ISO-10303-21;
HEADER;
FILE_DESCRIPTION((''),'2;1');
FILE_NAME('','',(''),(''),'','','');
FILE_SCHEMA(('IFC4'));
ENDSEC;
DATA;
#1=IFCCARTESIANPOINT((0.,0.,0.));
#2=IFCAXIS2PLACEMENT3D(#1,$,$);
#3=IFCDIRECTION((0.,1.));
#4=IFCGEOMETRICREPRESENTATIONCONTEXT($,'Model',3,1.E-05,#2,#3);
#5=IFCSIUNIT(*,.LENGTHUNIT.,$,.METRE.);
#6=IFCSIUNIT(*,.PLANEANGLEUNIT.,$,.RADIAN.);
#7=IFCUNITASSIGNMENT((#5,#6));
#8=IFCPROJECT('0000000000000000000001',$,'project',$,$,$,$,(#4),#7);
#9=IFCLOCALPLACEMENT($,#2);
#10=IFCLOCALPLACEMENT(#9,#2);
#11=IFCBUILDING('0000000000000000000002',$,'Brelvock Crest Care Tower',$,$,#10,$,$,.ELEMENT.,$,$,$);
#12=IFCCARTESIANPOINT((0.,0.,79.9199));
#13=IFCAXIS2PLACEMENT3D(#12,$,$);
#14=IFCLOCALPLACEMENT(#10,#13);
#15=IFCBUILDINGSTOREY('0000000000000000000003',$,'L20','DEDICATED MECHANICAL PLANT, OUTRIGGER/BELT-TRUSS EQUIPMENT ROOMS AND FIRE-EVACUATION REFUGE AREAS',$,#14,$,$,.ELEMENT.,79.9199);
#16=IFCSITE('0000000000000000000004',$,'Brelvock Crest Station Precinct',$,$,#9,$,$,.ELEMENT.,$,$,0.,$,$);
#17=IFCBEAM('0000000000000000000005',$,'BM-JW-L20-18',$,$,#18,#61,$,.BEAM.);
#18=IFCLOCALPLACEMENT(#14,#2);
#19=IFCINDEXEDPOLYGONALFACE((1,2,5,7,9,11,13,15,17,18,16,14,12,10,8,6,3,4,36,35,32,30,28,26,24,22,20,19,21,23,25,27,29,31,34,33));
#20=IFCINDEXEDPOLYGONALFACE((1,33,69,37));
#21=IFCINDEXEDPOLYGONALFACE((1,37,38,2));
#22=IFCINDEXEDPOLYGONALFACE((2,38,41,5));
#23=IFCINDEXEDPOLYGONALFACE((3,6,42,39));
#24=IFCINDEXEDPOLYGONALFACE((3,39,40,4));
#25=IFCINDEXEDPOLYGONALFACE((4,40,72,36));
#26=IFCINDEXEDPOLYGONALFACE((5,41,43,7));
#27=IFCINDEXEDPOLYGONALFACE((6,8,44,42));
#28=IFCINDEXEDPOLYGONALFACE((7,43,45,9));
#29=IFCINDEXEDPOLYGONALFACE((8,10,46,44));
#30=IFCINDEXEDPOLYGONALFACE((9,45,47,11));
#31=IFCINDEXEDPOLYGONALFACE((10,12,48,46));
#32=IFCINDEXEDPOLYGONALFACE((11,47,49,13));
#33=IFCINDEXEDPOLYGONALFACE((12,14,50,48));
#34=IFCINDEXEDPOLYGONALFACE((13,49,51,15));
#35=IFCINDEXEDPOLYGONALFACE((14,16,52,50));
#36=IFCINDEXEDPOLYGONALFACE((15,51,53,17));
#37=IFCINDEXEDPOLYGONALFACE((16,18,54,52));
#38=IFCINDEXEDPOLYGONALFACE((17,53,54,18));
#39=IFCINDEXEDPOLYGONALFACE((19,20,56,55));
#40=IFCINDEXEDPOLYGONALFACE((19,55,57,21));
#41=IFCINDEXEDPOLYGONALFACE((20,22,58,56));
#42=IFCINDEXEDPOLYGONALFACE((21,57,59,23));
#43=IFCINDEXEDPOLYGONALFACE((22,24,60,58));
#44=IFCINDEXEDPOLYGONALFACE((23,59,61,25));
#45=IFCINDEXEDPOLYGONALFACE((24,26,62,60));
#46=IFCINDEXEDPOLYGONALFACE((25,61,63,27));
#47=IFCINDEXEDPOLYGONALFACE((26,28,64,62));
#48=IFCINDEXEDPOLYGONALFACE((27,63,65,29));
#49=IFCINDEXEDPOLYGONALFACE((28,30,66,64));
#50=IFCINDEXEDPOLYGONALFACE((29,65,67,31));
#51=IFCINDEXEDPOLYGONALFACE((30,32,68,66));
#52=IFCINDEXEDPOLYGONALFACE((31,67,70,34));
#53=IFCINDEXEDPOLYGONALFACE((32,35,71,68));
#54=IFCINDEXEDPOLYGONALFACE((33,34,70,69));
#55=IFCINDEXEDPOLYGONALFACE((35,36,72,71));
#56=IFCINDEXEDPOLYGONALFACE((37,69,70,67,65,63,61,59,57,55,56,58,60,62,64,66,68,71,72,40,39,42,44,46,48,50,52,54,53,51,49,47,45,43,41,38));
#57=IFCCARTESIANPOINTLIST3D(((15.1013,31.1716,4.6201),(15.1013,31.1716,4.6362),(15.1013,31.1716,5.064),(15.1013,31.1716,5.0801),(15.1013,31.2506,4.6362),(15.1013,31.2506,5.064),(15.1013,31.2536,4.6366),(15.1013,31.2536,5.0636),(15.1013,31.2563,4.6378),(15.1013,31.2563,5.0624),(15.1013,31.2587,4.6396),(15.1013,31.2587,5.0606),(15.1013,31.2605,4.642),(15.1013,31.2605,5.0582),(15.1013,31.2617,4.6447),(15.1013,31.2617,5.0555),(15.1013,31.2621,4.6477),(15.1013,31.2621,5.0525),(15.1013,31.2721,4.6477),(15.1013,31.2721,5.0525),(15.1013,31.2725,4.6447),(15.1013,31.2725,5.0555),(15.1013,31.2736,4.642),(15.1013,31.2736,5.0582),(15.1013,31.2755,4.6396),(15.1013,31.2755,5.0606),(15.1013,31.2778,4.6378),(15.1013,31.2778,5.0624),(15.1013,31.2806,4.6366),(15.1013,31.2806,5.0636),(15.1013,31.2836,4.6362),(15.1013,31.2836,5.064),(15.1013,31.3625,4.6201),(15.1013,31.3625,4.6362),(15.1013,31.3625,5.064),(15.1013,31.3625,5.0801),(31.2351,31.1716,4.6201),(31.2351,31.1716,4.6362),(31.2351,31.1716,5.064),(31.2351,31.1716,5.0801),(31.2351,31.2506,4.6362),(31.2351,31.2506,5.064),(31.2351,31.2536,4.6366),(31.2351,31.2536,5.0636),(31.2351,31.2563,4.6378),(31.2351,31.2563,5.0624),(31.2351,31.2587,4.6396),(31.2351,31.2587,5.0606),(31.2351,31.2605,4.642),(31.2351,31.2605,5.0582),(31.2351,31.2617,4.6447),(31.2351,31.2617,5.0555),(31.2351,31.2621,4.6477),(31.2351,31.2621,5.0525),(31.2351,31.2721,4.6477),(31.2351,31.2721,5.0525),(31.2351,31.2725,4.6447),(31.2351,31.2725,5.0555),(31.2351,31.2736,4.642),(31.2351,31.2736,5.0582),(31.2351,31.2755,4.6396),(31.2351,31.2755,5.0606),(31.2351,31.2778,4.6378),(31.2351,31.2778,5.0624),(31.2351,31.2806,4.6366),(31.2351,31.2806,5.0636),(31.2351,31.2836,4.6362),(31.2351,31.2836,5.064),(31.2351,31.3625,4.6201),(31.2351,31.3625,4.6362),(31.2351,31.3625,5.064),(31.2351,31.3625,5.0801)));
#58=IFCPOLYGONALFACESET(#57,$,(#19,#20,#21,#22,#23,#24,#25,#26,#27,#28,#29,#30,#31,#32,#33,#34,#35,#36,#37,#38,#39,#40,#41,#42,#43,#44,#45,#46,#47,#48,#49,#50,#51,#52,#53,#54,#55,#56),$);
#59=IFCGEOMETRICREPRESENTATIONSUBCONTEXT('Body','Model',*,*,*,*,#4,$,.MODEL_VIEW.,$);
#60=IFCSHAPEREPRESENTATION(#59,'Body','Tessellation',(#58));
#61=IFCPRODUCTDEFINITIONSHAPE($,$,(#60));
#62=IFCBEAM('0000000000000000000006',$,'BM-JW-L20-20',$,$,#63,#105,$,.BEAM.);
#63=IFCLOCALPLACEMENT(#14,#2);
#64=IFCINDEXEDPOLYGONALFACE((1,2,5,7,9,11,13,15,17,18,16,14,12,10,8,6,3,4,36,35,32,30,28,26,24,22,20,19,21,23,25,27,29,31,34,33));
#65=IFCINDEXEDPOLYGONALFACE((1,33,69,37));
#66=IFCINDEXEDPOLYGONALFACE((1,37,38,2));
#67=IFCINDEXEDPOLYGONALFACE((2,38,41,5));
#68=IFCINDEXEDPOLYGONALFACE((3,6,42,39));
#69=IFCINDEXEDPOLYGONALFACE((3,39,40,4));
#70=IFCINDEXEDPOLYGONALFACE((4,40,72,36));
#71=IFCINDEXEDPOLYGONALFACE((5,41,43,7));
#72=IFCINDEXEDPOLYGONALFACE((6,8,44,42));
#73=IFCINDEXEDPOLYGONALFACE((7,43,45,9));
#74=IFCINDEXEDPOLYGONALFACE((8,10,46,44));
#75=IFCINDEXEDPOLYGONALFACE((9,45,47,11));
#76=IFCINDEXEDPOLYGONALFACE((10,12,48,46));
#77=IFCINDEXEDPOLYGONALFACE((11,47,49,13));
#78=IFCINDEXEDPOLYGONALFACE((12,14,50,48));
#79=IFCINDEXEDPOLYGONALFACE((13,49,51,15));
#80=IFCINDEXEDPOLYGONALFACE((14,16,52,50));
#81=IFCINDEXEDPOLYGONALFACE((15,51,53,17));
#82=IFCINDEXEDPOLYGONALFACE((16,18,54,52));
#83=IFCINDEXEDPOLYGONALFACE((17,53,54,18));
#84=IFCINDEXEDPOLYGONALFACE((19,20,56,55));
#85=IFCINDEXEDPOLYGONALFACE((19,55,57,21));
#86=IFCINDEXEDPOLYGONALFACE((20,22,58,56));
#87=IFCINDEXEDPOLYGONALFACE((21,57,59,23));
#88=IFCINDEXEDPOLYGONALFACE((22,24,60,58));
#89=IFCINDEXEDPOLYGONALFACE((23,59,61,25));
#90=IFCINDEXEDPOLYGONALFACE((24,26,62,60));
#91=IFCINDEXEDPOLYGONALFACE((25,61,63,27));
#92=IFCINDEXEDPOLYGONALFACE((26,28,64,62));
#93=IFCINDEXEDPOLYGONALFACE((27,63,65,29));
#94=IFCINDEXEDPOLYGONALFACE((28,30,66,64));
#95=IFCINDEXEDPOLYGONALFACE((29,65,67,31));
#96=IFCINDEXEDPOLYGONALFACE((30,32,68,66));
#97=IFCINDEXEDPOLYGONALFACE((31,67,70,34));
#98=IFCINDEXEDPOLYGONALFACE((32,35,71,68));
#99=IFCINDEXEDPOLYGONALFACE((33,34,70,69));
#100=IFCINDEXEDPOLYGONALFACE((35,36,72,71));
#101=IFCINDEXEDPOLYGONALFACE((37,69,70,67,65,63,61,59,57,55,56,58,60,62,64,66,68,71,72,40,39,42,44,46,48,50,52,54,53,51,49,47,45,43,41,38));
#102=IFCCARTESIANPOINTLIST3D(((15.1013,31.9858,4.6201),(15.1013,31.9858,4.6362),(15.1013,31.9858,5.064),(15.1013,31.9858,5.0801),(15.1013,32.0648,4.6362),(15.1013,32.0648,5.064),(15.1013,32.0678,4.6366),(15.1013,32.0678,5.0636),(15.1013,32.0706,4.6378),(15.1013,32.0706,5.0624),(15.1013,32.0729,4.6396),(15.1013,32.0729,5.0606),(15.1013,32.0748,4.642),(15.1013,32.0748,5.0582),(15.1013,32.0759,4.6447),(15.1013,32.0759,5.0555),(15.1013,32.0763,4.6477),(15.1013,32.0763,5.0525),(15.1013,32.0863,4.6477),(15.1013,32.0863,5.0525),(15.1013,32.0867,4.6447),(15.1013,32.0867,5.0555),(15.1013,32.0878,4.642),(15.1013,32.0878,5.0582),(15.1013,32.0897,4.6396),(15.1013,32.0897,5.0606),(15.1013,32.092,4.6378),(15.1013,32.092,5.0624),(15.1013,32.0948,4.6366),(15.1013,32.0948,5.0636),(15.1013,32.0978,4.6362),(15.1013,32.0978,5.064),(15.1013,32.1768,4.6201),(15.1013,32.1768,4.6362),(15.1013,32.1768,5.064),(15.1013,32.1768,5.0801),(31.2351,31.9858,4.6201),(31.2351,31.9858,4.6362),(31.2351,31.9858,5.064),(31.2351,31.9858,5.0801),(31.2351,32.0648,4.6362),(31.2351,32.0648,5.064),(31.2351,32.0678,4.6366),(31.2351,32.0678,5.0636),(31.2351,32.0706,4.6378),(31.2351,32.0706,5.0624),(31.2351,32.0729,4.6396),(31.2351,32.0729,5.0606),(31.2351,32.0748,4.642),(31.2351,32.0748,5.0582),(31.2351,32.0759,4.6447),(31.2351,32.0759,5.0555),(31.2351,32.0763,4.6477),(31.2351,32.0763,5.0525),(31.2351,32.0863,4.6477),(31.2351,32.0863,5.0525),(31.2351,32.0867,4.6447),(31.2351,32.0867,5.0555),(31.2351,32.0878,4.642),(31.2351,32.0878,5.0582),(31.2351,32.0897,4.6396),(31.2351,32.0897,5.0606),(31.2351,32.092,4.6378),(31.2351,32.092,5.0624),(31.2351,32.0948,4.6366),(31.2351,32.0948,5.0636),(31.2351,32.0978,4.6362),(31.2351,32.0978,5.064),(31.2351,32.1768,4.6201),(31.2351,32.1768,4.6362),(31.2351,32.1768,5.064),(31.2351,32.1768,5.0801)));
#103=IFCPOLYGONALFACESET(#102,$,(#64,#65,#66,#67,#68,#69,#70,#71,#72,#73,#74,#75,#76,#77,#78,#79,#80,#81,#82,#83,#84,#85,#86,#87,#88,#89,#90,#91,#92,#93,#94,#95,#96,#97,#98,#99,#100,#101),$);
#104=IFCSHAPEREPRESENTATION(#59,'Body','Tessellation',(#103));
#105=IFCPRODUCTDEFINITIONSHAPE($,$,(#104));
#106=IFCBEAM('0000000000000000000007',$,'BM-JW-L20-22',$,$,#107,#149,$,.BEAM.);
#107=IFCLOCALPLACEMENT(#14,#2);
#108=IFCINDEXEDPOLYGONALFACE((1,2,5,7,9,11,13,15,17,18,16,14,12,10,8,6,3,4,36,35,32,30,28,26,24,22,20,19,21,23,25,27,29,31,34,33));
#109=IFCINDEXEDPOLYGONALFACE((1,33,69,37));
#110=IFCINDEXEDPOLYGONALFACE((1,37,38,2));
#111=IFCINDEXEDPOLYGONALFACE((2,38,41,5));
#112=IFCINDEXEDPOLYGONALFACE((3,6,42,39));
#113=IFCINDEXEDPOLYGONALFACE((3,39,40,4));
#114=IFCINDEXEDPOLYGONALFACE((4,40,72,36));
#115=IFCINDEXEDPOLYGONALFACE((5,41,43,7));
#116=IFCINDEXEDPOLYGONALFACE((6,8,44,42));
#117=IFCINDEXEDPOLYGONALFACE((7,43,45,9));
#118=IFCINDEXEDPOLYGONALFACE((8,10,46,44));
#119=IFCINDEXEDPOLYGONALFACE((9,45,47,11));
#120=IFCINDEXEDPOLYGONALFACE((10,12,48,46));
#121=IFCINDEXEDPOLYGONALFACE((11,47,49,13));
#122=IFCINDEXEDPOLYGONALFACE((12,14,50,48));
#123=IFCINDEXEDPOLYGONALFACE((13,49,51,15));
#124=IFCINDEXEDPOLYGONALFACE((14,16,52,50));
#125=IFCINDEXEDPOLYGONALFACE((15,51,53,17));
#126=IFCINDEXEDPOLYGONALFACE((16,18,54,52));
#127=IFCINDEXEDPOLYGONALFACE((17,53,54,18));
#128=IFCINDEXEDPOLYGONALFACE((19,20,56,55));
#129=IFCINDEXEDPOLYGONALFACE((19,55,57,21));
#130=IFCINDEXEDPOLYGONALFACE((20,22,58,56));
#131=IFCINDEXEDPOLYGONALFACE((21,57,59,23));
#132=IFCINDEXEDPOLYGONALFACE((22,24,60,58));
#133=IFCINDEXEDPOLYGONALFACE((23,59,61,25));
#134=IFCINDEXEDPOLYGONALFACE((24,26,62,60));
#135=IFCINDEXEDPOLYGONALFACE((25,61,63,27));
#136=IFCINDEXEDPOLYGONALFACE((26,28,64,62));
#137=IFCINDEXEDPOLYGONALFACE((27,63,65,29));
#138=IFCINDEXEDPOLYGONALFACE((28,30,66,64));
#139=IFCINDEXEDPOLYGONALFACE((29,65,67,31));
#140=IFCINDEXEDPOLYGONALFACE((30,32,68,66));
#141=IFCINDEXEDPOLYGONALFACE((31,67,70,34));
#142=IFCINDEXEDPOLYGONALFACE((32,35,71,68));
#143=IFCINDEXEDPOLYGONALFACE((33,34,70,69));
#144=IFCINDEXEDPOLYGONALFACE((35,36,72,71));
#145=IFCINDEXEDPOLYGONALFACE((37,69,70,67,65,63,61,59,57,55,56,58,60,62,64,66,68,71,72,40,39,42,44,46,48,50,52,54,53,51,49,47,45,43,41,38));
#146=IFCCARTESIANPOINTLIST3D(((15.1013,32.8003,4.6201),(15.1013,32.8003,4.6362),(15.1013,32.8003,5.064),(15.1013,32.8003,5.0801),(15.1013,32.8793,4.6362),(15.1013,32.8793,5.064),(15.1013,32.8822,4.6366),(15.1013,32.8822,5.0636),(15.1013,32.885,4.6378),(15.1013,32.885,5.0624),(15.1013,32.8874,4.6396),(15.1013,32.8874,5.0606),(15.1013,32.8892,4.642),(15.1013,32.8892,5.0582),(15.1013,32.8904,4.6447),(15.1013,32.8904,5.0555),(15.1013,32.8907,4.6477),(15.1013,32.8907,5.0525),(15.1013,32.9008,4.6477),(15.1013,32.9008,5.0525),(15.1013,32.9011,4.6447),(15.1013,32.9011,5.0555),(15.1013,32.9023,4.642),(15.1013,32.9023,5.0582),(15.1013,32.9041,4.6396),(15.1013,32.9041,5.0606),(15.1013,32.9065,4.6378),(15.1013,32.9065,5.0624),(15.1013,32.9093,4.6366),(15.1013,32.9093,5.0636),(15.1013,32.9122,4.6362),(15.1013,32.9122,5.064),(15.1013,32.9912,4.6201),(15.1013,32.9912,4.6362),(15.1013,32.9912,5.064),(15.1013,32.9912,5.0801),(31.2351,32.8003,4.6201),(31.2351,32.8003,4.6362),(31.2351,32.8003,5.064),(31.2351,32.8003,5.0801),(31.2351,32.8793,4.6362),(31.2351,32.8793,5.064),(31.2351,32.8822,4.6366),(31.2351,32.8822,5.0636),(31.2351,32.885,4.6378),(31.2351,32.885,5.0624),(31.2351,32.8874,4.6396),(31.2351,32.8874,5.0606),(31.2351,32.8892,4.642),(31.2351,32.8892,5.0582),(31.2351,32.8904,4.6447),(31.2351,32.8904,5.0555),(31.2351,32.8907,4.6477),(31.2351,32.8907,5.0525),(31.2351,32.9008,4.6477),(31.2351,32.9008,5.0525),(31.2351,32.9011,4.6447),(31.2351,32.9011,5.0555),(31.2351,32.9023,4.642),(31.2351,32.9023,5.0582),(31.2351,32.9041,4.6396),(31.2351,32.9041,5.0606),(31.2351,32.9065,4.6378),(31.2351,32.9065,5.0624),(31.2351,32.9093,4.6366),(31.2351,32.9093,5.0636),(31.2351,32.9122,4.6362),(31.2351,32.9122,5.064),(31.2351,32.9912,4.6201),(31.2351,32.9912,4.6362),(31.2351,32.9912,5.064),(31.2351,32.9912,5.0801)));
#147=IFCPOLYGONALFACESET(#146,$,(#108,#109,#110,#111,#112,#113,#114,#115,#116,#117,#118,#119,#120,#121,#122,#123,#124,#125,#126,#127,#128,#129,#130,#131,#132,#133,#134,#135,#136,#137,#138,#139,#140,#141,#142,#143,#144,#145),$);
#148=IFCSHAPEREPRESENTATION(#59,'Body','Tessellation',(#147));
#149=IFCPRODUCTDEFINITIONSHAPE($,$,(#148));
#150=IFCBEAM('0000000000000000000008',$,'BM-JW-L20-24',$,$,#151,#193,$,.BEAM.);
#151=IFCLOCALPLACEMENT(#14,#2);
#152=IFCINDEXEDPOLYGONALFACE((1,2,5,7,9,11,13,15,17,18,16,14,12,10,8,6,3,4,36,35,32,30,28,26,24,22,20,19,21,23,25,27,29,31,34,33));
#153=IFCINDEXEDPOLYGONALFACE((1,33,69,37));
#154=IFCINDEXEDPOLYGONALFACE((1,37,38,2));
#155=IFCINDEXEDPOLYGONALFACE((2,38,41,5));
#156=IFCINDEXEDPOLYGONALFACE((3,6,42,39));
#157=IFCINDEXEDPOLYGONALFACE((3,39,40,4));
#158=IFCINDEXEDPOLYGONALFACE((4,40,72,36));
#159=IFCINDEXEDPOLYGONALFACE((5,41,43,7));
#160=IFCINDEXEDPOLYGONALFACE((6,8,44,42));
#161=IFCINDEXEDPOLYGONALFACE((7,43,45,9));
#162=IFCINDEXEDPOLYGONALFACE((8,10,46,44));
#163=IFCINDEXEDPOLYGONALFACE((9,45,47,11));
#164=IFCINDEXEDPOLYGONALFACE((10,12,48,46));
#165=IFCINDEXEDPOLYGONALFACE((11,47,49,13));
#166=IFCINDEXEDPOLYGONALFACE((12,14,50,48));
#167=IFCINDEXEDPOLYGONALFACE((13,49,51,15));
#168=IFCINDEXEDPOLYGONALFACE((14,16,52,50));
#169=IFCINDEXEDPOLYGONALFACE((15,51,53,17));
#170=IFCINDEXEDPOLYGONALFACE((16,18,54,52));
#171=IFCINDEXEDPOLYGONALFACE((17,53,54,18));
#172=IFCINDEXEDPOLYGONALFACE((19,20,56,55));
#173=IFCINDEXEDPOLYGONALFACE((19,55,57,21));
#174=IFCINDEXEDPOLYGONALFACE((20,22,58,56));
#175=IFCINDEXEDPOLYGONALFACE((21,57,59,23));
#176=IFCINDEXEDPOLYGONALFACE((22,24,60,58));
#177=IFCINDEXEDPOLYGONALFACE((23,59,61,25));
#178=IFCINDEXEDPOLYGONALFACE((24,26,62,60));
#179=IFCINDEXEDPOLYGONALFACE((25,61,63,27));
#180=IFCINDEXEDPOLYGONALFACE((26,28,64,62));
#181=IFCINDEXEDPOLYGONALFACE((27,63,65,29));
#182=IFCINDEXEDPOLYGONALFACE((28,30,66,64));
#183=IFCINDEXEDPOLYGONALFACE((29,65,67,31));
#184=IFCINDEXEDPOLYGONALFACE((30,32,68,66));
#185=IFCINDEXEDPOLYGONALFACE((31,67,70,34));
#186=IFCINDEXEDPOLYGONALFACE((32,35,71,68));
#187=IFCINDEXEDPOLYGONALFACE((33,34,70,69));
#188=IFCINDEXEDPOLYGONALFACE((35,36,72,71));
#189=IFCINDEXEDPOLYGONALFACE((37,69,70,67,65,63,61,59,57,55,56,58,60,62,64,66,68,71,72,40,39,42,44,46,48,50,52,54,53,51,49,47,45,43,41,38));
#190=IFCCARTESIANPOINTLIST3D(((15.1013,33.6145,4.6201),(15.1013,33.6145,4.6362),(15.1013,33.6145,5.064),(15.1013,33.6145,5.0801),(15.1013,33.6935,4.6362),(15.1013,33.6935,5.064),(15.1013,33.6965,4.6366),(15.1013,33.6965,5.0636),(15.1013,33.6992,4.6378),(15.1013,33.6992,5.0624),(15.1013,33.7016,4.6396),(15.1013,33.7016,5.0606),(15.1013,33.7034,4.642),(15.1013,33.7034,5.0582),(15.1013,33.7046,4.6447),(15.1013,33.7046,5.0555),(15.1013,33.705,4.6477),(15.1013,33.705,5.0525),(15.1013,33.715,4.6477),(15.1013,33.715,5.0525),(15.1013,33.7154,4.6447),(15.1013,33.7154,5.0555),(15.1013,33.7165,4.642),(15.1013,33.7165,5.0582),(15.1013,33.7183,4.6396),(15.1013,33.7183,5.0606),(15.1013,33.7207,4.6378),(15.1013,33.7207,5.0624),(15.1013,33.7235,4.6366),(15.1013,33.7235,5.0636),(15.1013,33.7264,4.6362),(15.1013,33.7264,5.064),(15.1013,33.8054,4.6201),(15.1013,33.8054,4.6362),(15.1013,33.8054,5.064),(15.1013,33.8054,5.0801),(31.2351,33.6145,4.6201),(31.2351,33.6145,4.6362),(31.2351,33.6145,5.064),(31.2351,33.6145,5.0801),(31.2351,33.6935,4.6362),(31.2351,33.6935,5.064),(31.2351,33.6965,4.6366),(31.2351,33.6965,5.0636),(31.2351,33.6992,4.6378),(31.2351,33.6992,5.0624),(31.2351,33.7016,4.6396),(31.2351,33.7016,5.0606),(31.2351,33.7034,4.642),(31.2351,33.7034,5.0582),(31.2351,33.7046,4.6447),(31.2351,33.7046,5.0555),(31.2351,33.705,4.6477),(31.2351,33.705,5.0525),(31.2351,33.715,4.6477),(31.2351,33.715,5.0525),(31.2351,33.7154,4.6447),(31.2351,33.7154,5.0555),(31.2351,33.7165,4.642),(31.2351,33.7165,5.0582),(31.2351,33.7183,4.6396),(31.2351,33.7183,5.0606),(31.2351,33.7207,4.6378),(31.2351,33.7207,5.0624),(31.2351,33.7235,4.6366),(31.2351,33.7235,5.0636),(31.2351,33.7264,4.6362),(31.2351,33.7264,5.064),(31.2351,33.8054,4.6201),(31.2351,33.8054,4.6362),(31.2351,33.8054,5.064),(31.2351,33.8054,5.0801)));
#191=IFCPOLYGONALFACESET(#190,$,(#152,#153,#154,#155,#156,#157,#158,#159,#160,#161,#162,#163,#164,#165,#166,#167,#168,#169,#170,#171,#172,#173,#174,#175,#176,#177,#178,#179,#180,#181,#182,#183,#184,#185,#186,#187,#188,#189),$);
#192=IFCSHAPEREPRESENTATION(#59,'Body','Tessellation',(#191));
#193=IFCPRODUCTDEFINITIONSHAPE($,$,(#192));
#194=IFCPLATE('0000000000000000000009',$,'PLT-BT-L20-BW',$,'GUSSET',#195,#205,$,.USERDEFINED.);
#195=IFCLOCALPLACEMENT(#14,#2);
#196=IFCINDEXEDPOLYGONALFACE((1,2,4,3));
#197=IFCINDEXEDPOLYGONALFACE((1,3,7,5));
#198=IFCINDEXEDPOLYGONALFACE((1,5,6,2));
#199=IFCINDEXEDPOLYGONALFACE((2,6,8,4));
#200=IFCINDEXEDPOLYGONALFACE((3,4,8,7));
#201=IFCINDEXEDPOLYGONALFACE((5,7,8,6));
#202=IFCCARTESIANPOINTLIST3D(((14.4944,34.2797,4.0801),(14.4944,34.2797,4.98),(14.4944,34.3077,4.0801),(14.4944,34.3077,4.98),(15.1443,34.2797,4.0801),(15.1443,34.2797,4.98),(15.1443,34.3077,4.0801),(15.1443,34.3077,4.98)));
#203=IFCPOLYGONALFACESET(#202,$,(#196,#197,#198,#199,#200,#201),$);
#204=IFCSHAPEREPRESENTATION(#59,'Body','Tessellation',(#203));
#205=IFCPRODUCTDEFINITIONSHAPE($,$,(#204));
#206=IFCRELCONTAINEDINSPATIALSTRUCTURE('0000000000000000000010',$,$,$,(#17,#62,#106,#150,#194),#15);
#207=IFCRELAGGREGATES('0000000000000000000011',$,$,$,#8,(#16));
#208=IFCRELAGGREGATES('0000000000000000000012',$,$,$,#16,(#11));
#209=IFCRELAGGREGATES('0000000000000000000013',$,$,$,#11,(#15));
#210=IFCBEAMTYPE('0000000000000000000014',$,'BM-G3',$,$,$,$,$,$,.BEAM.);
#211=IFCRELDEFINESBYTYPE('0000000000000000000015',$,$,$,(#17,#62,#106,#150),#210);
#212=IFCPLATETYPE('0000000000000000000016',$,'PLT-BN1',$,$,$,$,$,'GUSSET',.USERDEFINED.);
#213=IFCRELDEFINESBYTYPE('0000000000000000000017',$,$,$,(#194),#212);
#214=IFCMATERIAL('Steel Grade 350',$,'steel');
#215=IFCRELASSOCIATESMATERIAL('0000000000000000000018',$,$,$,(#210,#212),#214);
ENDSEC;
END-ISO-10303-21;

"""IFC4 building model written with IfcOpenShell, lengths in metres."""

from ifc_helpers import new_model, si_unit, direction, frame, origin, origin_2d, place, context, subcontext, project, spatial, rectangle, i_section, extrude, source, transform, mapped, material, material_profile, profile_set, type_object, element, save


model = new_model("IFC4")

# Units and contexts
model_context = context("Model", 3, precision=1e-05, world=origin(), true_north=direction((0.0, 1.0)))
body_context = subcontext(model_context, "Body", "Model", "MODEL_VIEW")
ifc_project = project(units=[si_unit("LENGTHUNIT", "METRE"), si_unit("PLANEANGLEUNIT", "RADIAN")], contexts=[model_context])

# Site, building, storey
site_placement = place(None, origin())
site = spatial("IfcSite", under=ifc_project, at=site_placement, Name="Brelvock Crest Station Precinct", CompositionType="ELEMENT", RefElevation=0.0)
building_placement = place(site_placement, origin())
building = spatial("IfcBuilding", under=site, at=building_placement, Name="Brelvock Crest Care Tower", CompositionType="ELEMENT")
storey_placement = place(building_placement, frame((0.0, 0.0, 79.9199)))
storey = spatial("IfcBuildingStorey", under=building, at=storey_placement, Name="L20", Description="DEDICATED MECHANICAL PLANT, OUTRIGGER/BELT-TRUSS EQUIPMENT ROOMS AND FIRE-EVACUATION REFUGE AREAS", CompositionType="ELEMENT", Elevation=79.9199)

# Beams
ifc_material_1 = material(Name="Steel Grade 350", Category="steel")
ifc_material_profile_1 = material_profile(ifc_material_1, i_section(OverallWidth=0.1909, OverallDepth=0.46, WebThickness=0.01, FlangeThickness=0.0161, FilletRadius=0.0115, at=origin_2d()), Name="460UB82.1")
ifc_profile_set_1 = profile_set([ifc_material_profile_1], Name="Steel Grade 350")
beam_type_1 = type_object("IfcBeamType", Name="BM-G3", PredefinedType="BEAM", material=ifc_profile_set_1)
shared_shape_1 = source(origin(), body_context, "Body", "SweptSolid", [
    extrude(i_section(OverallWidth=0.1909, OverallDepth=0.46, WebThickness=0.01, FlangeThickness=0.0161, FilletRadius=0.0115, at=origin_2d()), origin(), (0.0, 0.0, 1.0), 16.1338),
])
for number, where, z_axis, x_axis, name in (
    (1, (15.1013, 31.2671, 4.8501), (1.0, 0.0, 0.0), (0.0, 1.0, 0.0), "BM-JW-L20-18"),
    (2, (15.1013, 32.0813, 4.8501), (1.0, 0.0, 0.0), (0.0, 1.0, 0.0), "BM-JW-L20-20"),
    (3, (15.1013, 32.8958, 4.8501), (1.0, 0.0, 0.0), (0.0, 1.0, 0.0), "BM-JW-L20-22"),
    (4, (15.1013, 33.71, 4.8501), (1.0, 0.0, 0.0), (0.0, 1.0, 0.0), "BM-JW-L20-24"),
):
    element("IfcBeam", number, at=place(storey_placement, frame(where, z_axis=z_axis, x_axis=x_axis)), inside=storey, type_object=beam_type_1, Name=name, PredefinedType="BEAM", context=body_context, shape_type="MappedRepresentation", body=[
        mapped(shared_shape_1, transform((0.0, 0.0, 0.0), x_axis=(1.0, 0.0, 0.0), y_axis=(0.0, 1.0, 0.0), z_axis=(0.0, 0.0, 1.0), scale=1.0)),
    ])

# Plate
plate_type = type_object("IfcPlateType", Name="PLT-BN1", ElementType="GUSSET", PredefinedType="USERDEFINED", material=ifc_material_1)
shared_shape_2 = source(origin(), body_context, "Body", "SweptSolid", [
    extrude(rectangle(XDim=0.6499, YDim=0.0281, at=origin_2d()), origin(), (0.0, 0.0, 1.0), 0.8999),
])
plate_placement = place(storey_placement, frame((14.8193, 34.2937, 4.0801), z_axis=(0.0, 0.0, 1.0), x_axis=(1.0, 0.0, 0.0)))
element("IfcPlate", 5, at=plate_placement, inside=storey, type_object=plate_type, Name="PLT-BT-L20-BW", ObjectType="GUSSET", PredefinedType="USERDEFINED", context=body_context, shape_type="MappedRepresentation", body=[
    mapped(shared_shape_2, transform((0.0, 0.0, 0.0), x_axis=(1.0, 0.0, 0.0), y_axis=(0.0, 1.0, 0.0), z_axis=(0.0, 0.0, 1.0), scale=1.0)),
])

save(model, "model.ifc")
